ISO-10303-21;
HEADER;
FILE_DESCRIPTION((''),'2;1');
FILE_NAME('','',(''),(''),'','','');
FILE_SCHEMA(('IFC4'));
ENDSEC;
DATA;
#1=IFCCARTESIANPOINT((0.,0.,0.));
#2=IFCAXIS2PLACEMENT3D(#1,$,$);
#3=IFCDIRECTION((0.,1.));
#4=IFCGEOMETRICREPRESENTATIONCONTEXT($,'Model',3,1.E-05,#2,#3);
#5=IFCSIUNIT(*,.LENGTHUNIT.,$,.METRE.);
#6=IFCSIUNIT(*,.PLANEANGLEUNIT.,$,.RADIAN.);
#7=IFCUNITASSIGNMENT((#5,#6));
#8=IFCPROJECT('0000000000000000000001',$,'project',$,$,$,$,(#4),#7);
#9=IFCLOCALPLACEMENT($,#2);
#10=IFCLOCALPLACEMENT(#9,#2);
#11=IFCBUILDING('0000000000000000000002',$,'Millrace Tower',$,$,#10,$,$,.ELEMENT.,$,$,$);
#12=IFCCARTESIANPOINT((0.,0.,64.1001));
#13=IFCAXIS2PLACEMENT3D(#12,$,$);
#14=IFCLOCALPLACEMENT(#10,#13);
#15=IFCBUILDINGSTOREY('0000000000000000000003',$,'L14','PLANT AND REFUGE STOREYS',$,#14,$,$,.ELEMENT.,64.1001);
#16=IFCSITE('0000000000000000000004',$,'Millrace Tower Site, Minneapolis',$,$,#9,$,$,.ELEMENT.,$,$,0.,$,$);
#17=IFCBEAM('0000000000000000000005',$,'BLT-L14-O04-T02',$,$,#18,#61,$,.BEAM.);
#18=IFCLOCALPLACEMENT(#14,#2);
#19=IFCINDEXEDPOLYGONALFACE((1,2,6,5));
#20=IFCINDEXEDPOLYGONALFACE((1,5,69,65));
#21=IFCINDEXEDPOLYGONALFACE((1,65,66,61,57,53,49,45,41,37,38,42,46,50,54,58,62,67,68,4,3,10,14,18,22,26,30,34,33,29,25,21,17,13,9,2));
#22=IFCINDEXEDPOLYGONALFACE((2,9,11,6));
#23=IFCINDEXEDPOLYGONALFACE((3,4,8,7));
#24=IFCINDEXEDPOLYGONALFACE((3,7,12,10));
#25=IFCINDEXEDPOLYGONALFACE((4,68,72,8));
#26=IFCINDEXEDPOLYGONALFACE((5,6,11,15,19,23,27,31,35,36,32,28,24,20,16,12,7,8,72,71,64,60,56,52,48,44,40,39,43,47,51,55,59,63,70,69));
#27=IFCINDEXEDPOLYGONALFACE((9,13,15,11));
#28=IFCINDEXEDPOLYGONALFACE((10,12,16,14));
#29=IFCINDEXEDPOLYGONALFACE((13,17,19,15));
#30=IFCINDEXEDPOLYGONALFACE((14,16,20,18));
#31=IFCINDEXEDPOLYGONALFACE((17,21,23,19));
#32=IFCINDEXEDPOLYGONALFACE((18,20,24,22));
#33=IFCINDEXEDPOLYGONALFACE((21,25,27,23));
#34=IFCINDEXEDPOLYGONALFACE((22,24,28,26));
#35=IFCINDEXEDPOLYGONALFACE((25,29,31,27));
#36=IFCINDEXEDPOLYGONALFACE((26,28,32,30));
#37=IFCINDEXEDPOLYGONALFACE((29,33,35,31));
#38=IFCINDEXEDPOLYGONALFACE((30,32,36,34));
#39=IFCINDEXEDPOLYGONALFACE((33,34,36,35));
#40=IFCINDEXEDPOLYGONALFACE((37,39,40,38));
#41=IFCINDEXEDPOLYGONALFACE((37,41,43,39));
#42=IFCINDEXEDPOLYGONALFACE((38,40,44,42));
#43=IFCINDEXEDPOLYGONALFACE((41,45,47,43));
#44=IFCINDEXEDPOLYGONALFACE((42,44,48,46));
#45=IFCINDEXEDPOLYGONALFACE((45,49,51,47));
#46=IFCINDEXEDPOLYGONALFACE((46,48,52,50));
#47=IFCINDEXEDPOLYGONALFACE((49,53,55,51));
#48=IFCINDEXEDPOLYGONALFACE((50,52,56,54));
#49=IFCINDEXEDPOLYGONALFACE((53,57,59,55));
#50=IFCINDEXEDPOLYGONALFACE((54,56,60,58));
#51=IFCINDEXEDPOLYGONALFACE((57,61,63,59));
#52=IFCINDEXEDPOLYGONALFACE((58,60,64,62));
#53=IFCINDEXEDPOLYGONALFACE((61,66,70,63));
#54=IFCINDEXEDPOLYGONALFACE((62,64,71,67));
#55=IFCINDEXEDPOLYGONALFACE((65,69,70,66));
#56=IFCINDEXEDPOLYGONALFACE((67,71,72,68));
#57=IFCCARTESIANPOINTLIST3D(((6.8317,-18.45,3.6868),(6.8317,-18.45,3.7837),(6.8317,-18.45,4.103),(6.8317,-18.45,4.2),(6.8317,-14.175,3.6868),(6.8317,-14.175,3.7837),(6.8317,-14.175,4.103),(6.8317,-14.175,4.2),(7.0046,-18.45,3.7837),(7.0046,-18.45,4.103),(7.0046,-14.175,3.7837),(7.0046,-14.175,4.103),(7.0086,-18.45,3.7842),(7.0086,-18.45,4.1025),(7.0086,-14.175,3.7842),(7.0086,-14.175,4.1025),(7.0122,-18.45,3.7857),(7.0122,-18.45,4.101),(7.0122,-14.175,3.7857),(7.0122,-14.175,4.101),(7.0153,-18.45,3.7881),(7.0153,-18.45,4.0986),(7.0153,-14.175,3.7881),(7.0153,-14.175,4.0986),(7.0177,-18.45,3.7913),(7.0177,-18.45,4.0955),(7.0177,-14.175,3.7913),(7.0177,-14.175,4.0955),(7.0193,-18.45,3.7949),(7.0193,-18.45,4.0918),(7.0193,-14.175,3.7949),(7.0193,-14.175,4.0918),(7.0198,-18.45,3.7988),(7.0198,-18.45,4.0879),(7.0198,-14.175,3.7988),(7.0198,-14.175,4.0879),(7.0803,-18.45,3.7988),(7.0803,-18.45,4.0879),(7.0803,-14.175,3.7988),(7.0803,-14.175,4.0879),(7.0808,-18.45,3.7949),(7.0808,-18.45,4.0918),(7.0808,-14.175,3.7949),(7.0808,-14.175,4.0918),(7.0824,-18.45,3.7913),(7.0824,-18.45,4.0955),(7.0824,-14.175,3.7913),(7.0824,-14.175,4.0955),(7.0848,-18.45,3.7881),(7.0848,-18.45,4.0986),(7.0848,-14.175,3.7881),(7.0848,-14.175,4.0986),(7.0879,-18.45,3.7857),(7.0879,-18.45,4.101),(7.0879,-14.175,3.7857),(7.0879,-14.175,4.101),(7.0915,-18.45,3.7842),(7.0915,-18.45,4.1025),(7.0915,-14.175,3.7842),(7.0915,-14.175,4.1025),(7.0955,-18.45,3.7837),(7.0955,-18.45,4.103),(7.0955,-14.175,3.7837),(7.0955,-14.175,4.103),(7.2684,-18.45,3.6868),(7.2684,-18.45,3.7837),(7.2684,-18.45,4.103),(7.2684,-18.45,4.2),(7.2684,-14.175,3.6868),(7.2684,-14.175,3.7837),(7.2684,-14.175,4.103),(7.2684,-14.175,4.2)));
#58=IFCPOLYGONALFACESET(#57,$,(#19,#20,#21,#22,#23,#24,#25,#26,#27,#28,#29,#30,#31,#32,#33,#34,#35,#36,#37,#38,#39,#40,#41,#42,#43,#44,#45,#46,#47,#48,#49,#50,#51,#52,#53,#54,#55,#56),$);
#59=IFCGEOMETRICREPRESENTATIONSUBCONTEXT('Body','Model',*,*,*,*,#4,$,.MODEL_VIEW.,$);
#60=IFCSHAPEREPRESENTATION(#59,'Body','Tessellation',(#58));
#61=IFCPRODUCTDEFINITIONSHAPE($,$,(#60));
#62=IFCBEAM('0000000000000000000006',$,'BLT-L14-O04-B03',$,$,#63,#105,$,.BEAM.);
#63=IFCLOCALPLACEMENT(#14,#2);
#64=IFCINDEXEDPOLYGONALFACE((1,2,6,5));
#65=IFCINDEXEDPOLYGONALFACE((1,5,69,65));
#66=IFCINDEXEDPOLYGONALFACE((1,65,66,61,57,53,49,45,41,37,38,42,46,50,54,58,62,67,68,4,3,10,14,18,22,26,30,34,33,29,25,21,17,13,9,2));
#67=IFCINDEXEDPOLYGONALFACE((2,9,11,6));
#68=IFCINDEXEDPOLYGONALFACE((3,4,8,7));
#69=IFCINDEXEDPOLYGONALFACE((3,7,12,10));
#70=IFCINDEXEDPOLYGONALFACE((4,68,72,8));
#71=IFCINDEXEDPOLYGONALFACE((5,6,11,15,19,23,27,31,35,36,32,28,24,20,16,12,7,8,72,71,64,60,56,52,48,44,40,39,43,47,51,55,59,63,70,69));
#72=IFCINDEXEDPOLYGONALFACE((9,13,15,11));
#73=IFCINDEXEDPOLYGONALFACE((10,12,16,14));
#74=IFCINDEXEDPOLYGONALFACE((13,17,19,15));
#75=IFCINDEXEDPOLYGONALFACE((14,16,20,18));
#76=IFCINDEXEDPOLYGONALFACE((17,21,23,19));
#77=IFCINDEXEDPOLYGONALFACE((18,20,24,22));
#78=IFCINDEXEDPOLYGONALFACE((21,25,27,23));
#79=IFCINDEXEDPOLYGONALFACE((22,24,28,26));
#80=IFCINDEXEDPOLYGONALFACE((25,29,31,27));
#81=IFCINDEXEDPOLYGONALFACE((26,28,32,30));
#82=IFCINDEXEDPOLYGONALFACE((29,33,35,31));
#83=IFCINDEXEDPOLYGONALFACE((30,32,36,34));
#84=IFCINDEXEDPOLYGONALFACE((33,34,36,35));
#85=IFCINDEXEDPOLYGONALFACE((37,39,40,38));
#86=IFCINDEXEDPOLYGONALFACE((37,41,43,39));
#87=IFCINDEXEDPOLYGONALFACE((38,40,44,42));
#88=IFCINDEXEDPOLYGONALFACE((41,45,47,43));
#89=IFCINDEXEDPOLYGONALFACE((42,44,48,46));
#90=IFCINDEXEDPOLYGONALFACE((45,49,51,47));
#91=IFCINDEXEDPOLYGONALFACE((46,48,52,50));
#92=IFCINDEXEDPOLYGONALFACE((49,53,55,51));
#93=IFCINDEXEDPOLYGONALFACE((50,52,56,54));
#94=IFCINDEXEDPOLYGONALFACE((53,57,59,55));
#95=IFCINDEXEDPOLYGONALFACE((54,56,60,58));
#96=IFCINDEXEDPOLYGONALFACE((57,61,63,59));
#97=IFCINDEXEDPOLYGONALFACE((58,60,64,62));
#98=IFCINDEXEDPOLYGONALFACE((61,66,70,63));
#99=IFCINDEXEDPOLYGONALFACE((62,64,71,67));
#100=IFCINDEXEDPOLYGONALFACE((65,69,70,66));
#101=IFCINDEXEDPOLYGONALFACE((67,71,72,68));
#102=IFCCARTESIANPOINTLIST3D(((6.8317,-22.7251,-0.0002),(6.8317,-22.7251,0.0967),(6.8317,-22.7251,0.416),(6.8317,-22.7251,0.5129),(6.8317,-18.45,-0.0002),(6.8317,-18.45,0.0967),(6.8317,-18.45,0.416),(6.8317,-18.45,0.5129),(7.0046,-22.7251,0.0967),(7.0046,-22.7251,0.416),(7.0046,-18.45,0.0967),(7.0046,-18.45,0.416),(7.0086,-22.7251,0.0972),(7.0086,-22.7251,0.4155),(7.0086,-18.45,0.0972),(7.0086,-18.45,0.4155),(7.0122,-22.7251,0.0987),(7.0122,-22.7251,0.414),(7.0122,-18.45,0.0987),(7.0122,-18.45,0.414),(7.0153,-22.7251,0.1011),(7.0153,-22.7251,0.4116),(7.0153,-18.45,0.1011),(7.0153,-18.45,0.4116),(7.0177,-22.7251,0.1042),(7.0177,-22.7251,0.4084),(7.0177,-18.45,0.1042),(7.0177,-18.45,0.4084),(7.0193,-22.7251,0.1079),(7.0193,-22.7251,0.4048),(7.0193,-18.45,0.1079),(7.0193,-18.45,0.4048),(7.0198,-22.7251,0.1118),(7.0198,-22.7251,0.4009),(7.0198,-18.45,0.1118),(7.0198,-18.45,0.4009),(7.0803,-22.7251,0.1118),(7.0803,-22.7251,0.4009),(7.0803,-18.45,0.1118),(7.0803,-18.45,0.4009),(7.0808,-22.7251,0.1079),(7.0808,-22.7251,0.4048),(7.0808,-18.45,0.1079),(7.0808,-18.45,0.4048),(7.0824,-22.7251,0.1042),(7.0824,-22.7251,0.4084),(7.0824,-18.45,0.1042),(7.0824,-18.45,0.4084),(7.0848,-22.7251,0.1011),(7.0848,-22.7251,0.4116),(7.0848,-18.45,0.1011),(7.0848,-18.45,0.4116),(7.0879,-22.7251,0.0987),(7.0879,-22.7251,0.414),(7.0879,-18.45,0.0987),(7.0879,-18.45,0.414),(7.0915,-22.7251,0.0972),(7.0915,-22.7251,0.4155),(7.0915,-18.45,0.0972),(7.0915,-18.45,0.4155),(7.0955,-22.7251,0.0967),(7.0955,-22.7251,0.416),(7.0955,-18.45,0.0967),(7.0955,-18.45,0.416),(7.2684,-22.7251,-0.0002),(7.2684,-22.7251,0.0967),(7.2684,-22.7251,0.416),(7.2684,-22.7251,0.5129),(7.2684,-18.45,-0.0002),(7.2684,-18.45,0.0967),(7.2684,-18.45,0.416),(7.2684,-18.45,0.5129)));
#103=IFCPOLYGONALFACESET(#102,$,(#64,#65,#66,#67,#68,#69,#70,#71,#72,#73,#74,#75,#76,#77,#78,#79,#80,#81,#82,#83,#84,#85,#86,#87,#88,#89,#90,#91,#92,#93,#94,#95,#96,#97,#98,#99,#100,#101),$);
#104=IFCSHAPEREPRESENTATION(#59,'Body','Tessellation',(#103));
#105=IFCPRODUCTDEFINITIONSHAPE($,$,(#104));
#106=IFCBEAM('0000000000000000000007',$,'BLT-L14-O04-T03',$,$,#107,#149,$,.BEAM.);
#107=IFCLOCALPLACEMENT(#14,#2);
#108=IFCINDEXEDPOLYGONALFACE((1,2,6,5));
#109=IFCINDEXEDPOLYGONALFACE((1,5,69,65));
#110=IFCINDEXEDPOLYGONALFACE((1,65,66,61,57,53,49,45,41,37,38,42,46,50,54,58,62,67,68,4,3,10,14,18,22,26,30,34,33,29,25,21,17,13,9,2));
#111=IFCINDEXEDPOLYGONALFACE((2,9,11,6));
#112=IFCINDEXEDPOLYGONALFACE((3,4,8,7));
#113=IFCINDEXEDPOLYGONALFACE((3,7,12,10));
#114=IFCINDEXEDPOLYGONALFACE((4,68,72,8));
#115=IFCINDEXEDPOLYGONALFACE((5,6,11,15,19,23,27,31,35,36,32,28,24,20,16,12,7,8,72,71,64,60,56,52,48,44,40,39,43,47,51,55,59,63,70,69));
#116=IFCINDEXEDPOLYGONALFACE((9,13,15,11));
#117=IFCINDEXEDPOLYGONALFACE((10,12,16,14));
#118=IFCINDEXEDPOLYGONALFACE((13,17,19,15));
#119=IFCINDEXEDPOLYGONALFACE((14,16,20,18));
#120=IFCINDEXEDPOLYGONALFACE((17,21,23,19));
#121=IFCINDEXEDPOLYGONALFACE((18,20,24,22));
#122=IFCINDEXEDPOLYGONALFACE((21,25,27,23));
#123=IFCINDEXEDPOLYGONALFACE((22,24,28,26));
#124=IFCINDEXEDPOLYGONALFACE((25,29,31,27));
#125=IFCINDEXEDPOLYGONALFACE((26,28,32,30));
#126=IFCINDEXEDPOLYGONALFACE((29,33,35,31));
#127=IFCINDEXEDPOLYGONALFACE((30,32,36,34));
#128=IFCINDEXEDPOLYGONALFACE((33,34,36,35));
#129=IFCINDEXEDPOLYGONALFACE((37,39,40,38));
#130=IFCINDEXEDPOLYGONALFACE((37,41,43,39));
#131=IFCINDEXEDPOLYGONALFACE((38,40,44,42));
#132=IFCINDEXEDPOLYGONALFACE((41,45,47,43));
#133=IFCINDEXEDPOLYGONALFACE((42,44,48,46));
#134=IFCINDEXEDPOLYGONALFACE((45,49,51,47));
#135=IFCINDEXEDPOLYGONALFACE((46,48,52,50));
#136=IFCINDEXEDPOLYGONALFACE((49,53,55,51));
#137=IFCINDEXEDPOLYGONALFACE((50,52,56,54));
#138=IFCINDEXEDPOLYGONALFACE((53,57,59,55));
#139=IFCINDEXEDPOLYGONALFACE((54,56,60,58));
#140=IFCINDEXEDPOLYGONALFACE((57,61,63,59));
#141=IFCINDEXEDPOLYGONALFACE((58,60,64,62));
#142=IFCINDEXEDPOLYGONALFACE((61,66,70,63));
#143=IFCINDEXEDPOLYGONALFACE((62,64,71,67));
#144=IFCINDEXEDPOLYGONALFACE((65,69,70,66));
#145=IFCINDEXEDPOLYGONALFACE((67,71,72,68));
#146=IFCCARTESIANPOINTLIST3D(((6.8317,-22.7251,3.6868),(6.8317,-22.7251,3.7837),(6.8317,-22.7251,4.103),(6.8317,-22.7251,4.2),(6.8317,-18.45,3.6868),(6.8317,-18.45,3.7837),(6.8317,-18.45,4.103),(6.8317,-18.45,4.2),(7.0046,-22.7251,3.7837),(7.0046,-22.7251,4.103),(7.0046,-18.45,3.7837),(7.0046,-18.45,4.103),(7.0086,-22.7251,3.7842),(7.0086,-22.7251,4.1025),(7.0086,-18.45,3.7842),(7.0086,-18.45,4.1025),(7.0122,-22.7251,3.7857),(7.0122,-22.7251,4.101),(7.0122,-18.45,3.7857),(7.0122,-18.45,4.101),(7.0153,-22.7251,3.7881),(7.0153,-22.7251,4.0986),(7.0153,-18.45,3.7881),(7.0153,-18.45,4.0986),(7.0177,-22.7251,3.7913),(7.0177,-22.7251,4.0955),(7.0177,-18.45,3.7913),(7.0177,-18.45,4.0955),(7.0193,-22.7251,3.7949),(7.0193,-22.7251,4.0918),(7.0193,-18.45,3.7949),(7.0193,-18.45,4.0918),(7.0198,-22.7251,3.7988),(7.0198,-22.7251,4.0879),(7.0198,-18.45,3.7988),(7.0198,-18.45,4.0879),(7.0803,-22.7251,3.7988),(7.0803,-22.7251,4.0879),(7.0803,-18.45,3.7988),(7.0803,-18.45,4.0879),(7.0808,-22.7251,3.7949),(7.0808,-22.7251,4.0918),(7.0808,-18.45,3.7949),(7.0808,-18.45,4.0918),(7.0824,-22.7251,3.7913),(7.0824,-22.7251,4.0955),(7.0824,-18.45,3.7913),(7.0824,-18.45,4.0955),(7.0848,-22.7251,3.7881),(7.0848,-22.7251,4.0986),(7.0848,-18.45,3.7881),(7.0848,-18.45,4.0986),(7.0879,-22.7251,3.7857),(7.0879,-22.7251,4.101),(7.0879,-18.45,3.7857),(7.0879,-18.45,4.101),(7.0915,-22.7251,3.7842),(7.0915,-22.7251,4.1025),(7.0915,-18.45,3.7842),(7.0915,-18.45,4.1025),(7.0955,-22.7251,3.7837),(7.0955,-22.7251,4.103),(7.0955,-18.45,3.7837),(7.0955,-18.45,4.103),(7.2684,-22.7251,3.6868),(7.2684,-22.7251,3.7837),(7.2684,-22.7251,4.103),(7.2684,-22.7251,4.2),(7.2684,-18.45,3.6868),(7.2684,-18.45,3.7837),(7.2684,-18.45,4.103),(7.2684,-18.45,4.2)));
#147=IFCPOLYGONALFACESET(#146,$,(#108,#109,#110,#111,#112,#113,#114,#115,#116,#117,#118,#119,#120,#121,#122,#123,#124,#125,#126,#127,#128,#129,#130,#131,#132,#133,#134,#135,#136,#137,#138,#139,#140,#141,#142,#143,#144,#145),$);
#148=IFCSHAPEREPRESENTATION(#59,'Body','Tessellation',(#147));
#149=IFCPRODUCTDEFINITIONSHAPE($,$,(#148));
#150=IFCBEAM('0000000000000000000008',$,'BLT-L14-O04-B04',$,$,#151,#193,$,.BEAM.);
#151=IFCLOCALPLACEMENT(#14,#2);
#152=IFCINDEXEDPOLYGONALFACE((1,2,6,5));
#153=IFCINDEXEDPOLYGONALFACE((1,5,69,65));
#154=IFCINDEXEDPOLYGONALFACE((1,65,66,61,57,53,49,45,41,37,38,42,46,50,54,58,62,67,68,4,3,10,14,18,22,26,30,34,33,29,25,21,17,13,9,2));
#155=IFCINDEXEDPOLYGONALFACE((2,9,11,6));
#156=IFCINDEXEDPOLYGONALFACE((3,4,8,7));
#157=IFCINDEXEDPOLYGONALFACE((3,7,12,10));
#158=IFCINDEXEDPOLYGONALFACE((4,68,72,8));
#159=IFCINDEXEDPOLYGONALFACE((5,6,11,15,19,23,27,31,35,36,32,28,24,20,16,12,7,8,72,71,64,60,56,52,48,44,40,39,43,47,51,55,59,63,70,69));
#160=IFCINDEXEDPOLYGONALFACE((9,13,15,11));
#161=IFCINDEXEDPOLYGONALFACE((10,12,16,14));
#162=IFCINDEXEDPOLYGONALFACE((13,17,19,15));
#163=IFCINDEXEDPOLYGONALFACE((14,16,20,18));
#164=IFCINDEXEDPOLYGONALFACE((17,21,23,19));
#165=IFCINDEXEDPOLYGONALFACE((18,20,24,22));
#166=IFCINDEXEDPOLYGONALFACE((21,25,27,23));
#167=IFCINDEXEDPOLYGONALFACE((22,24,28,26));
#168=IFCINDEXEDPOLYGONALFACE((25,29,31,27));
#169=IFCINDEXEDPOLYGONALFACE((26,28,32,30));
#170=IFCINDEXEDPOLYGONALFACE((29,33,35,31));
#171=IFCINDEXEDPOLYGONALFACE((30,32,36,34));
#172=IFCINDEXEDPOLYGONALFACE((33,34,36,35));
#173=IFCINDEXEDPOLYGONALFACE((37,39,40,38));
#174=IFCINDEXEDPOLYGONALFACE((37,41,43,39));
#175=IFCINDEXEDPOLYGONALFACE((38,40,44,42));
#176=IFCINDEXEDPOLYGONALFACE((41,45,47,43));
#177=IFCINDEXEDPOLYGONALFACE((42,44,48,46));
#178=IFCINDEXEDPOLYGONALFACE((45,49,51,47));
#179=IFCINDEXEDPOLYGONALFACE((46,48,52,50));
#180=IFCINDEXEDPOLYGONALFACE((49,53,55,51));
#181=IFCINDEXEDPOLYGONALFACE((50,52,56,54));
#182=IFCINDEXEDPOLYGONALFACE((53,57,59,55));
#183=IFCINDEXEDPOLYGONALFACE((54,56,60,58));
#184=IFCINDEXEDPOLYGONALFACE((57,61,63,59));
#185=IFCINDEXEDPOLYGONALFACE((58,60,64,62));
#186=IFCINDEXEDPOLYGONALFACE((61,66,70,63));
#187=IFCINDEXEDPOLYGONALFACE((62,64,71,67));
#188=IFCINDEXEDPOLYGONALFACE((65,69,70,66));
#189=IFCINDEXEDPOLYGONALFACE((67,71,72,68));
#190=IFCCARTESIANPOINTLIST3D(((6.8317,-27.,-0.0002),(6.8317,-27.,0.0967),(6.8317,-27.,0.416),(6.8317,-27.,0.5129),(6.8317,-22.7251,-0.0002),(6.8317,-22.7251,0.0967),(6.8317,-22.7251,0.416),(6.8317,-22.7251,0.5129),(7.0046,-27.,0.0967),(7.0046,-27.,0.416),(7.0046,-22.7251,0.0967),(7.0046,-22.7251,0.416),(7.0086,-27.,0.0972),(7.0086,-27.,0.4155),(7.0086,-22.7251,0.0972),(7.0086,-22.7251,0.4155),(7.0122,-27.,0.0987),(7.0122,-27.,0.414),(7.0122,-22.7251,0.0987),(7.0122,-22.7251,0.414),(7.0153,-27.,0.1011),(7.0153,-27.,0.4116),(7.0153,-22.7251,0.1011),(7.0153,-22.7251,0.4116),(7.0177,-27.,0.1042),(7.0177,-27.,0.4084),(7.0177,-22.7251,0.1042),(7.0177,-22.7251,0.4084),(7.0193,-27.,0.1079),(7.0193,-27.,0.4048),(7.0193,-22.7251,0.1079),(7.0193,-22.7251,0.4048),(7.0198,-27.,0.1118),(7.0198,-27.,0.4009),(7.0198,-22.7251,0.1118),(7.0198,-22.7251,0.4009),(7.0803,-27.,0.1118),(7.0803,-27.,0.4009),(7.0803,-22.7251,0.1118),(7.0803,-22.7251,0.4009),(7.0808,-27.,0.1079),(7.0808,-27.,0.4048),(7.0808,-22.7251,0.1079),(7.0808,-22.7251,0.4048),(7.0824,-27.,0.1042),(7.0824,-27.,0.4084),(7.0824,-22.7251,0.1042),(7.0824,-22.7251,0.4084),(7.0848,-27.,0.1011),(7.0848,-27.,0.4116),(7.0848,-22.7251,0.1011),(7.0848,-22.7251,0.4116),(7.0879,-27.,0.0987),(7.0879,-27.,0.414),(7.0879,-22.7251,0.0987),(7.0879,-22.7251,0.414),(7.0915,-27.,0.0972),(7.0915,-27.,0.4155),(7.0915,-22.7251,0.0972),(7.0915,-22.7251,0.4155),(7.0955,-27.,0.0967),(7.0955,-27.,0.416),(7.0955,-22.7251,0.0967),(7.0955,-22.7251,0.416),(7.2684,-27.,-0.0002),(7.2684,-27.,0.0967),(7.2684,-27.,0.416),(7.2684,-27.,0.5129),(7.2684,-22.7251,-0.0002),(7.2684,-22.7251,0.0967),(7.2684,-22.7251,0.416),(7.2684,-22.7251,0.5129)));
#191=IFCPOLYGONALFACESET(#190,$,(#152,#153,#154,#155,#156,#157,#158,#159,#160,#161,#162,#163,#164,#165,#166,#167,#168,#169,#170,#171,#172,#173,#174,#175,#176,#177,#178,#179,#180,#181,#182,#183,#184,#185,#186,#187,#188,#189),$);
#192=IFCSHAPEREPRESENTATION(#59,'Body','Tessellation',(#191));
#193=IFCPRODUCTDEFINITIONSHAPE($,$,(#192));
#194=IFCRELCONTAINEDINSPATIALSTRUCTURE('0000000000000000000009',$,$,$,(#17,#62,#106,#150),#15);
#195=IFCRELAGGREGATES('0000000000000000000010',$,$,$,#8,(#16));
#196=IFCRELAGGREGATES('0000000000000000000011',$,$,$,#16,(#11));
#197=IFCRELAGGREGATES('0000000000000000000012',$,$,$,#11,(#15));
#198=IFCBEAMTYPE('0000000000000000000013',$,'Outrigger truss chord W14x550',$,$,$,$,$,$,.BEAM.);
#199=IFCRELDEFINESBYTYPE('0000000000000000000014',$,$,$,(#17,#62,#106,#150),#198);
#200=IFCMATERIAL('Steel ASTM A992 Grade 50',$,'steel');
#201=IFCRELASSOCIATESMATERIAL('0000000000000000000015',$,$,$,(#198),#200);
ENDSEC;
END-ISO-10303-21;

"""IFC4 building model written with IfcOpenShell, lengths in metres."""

from ifc_helpers import new_model, si_unit, direction, frame, origin, origin_2d, place, context, subcontext, project, spatial, i_section, extrude, material, material_profile, profile_set, type_object, element, save


model = new_model("IFC4")

# Units and contexts
model_context = context("Model", 3, precision=1e-05, world=origin(), true_north=direction((0.0, 1.0)))
body_context = subcontext(model_context, "Body", "Model", "MODEL_VIEW")
ifc_project = project(units=[si_unit("LENGTHUNIT", "METRE"), si_unit("PLANEANGLEUNIT", "RADIAN")], contexts=[model_context])

# Site, building, storey
site_placement = place(None, origin())
site = spatial("IfcSite", under=ifc_project, at=site_placement, Name="Millrace Tower Site, Minneapolis", CompositionType="ELEMENT", RefElevation=0.0)
building_placement = place(site_placement, origin())
building = spatial("IfcBuilding", under=site, at=building_placement, Name="Millrace Tower", CompositionType="ELEMENT")
storey_placement = place(building_placement, frame((0.0, 0.0, 64.1001)))
storey = spatial("IfcBuildingStorey", under=building, at=storey_placement, Name="L14", Description="PLANT AND REFUGE STOREYS", CompositionType="ELEMENT", Elevation=64.1001)

# Beams
ifc_material_1 = material(Name="Steel ASTM A992 Grade 50", Category="steel")
ifc_material_profile_1 = material_profile(ifc_material_1, i_section(OverallWidth=0.4368, OverallDepth=0.5132, WebThickness=0.0605, FlangeThickness=0.0969, FilletRadius=0.0151, at=origin_2d()))
ifc_profile_set_1 = profile_set([ifc_material_profile_1], Name="Steel ASTM A992 Grade 50")
beam_type_1 = type_object("IfcBeamType", Name="Outrigger truss chord W14x550", PredefinedType="BEAM", material=ifc_profile_set_1)
for number, where, z_axis, x_axis, name in (
    (1, (7.05, -14.175, 3.9434), (0.0, -1.0, 0.0), (1.0, 0.0, 0.0), "BLT-L14-O04-T02"),
):
    element("IfcBeam", number, at=place(storey_placement, frame(where, z_axis=z_axis, x_axis=x_axis)), inside=storey, type_object=beam_type_1, Name=name, PredefinedType="BEAM", context=body_context, shape_type="SweptSolid", body=[
        extrude(i_section(OverallWidth=0.4368, OverallDepth=0.5132, WebThickness=0.0605, FlangeThickness=0.0969, FilletRadius=0.0151, at=origin_2d()), origin(), (0.0, 0.0, 1.0), 4.2749),
    ])
for number, where, z_axis, x_axis, name in (
    (2, (7.05, -18.45, 0.2563), (0.0, -1.0, 0.0), (1.0, 0.0, 0.0), "BLT-L14-O04-B03"),
    (3, (7.05, -18.45, 3.9434), (0.0, -1.0, 0.0), (1.0, 0.0, 0.0), "BLT-L14-O04-T03"),
):
    element("IfcBeam", number, at=place(storey_placement, frame(where, z_axis=z_axis, x_axis=x_axis)), inside=storey, type_object=beam_type_1, Name=name, PredefinedType="BEAM", context=body_context, shape_type="SweptSolid", body=[
        extrude(i_section(OverallWidth=0.4368, OverallDepth=0.5132, WebThickness=0.0605, FlangeThickness=0.0969, FilletRadius=0.0151, at=origin_2d()), origin(), (0.0, 0.0, 1.0), 4.2751),
    ])
for number, where, z_axis, x_axis, name in (
    (4, (7.05, -22.7251, 0.2563), (0.0, -1.0, 0.0), (1.0, 0.0, 0.0), "BLT-L14-O04-B04"),
):
    element("IfcBeam", number, at=place(storey_placement, frame(where, z_axis=z_axis, x_axis=x_axis)), inside=storey, type_object=beam_type_1, Name=name, PredefinedType="BEAM", context=body_context, shape_type="SweptSolid", body=[
        extrude(i_section(OverallWidth=0.4368, OverallDepth=0.5132, WebThickness=0.0605, FlangeThickness=0.0969, FilletRadius=0.0151, at=origin_2d()), origin(), (0.0, 0.0, 1.0), 4.2749),
    ])

save(model, "model.ifc")
